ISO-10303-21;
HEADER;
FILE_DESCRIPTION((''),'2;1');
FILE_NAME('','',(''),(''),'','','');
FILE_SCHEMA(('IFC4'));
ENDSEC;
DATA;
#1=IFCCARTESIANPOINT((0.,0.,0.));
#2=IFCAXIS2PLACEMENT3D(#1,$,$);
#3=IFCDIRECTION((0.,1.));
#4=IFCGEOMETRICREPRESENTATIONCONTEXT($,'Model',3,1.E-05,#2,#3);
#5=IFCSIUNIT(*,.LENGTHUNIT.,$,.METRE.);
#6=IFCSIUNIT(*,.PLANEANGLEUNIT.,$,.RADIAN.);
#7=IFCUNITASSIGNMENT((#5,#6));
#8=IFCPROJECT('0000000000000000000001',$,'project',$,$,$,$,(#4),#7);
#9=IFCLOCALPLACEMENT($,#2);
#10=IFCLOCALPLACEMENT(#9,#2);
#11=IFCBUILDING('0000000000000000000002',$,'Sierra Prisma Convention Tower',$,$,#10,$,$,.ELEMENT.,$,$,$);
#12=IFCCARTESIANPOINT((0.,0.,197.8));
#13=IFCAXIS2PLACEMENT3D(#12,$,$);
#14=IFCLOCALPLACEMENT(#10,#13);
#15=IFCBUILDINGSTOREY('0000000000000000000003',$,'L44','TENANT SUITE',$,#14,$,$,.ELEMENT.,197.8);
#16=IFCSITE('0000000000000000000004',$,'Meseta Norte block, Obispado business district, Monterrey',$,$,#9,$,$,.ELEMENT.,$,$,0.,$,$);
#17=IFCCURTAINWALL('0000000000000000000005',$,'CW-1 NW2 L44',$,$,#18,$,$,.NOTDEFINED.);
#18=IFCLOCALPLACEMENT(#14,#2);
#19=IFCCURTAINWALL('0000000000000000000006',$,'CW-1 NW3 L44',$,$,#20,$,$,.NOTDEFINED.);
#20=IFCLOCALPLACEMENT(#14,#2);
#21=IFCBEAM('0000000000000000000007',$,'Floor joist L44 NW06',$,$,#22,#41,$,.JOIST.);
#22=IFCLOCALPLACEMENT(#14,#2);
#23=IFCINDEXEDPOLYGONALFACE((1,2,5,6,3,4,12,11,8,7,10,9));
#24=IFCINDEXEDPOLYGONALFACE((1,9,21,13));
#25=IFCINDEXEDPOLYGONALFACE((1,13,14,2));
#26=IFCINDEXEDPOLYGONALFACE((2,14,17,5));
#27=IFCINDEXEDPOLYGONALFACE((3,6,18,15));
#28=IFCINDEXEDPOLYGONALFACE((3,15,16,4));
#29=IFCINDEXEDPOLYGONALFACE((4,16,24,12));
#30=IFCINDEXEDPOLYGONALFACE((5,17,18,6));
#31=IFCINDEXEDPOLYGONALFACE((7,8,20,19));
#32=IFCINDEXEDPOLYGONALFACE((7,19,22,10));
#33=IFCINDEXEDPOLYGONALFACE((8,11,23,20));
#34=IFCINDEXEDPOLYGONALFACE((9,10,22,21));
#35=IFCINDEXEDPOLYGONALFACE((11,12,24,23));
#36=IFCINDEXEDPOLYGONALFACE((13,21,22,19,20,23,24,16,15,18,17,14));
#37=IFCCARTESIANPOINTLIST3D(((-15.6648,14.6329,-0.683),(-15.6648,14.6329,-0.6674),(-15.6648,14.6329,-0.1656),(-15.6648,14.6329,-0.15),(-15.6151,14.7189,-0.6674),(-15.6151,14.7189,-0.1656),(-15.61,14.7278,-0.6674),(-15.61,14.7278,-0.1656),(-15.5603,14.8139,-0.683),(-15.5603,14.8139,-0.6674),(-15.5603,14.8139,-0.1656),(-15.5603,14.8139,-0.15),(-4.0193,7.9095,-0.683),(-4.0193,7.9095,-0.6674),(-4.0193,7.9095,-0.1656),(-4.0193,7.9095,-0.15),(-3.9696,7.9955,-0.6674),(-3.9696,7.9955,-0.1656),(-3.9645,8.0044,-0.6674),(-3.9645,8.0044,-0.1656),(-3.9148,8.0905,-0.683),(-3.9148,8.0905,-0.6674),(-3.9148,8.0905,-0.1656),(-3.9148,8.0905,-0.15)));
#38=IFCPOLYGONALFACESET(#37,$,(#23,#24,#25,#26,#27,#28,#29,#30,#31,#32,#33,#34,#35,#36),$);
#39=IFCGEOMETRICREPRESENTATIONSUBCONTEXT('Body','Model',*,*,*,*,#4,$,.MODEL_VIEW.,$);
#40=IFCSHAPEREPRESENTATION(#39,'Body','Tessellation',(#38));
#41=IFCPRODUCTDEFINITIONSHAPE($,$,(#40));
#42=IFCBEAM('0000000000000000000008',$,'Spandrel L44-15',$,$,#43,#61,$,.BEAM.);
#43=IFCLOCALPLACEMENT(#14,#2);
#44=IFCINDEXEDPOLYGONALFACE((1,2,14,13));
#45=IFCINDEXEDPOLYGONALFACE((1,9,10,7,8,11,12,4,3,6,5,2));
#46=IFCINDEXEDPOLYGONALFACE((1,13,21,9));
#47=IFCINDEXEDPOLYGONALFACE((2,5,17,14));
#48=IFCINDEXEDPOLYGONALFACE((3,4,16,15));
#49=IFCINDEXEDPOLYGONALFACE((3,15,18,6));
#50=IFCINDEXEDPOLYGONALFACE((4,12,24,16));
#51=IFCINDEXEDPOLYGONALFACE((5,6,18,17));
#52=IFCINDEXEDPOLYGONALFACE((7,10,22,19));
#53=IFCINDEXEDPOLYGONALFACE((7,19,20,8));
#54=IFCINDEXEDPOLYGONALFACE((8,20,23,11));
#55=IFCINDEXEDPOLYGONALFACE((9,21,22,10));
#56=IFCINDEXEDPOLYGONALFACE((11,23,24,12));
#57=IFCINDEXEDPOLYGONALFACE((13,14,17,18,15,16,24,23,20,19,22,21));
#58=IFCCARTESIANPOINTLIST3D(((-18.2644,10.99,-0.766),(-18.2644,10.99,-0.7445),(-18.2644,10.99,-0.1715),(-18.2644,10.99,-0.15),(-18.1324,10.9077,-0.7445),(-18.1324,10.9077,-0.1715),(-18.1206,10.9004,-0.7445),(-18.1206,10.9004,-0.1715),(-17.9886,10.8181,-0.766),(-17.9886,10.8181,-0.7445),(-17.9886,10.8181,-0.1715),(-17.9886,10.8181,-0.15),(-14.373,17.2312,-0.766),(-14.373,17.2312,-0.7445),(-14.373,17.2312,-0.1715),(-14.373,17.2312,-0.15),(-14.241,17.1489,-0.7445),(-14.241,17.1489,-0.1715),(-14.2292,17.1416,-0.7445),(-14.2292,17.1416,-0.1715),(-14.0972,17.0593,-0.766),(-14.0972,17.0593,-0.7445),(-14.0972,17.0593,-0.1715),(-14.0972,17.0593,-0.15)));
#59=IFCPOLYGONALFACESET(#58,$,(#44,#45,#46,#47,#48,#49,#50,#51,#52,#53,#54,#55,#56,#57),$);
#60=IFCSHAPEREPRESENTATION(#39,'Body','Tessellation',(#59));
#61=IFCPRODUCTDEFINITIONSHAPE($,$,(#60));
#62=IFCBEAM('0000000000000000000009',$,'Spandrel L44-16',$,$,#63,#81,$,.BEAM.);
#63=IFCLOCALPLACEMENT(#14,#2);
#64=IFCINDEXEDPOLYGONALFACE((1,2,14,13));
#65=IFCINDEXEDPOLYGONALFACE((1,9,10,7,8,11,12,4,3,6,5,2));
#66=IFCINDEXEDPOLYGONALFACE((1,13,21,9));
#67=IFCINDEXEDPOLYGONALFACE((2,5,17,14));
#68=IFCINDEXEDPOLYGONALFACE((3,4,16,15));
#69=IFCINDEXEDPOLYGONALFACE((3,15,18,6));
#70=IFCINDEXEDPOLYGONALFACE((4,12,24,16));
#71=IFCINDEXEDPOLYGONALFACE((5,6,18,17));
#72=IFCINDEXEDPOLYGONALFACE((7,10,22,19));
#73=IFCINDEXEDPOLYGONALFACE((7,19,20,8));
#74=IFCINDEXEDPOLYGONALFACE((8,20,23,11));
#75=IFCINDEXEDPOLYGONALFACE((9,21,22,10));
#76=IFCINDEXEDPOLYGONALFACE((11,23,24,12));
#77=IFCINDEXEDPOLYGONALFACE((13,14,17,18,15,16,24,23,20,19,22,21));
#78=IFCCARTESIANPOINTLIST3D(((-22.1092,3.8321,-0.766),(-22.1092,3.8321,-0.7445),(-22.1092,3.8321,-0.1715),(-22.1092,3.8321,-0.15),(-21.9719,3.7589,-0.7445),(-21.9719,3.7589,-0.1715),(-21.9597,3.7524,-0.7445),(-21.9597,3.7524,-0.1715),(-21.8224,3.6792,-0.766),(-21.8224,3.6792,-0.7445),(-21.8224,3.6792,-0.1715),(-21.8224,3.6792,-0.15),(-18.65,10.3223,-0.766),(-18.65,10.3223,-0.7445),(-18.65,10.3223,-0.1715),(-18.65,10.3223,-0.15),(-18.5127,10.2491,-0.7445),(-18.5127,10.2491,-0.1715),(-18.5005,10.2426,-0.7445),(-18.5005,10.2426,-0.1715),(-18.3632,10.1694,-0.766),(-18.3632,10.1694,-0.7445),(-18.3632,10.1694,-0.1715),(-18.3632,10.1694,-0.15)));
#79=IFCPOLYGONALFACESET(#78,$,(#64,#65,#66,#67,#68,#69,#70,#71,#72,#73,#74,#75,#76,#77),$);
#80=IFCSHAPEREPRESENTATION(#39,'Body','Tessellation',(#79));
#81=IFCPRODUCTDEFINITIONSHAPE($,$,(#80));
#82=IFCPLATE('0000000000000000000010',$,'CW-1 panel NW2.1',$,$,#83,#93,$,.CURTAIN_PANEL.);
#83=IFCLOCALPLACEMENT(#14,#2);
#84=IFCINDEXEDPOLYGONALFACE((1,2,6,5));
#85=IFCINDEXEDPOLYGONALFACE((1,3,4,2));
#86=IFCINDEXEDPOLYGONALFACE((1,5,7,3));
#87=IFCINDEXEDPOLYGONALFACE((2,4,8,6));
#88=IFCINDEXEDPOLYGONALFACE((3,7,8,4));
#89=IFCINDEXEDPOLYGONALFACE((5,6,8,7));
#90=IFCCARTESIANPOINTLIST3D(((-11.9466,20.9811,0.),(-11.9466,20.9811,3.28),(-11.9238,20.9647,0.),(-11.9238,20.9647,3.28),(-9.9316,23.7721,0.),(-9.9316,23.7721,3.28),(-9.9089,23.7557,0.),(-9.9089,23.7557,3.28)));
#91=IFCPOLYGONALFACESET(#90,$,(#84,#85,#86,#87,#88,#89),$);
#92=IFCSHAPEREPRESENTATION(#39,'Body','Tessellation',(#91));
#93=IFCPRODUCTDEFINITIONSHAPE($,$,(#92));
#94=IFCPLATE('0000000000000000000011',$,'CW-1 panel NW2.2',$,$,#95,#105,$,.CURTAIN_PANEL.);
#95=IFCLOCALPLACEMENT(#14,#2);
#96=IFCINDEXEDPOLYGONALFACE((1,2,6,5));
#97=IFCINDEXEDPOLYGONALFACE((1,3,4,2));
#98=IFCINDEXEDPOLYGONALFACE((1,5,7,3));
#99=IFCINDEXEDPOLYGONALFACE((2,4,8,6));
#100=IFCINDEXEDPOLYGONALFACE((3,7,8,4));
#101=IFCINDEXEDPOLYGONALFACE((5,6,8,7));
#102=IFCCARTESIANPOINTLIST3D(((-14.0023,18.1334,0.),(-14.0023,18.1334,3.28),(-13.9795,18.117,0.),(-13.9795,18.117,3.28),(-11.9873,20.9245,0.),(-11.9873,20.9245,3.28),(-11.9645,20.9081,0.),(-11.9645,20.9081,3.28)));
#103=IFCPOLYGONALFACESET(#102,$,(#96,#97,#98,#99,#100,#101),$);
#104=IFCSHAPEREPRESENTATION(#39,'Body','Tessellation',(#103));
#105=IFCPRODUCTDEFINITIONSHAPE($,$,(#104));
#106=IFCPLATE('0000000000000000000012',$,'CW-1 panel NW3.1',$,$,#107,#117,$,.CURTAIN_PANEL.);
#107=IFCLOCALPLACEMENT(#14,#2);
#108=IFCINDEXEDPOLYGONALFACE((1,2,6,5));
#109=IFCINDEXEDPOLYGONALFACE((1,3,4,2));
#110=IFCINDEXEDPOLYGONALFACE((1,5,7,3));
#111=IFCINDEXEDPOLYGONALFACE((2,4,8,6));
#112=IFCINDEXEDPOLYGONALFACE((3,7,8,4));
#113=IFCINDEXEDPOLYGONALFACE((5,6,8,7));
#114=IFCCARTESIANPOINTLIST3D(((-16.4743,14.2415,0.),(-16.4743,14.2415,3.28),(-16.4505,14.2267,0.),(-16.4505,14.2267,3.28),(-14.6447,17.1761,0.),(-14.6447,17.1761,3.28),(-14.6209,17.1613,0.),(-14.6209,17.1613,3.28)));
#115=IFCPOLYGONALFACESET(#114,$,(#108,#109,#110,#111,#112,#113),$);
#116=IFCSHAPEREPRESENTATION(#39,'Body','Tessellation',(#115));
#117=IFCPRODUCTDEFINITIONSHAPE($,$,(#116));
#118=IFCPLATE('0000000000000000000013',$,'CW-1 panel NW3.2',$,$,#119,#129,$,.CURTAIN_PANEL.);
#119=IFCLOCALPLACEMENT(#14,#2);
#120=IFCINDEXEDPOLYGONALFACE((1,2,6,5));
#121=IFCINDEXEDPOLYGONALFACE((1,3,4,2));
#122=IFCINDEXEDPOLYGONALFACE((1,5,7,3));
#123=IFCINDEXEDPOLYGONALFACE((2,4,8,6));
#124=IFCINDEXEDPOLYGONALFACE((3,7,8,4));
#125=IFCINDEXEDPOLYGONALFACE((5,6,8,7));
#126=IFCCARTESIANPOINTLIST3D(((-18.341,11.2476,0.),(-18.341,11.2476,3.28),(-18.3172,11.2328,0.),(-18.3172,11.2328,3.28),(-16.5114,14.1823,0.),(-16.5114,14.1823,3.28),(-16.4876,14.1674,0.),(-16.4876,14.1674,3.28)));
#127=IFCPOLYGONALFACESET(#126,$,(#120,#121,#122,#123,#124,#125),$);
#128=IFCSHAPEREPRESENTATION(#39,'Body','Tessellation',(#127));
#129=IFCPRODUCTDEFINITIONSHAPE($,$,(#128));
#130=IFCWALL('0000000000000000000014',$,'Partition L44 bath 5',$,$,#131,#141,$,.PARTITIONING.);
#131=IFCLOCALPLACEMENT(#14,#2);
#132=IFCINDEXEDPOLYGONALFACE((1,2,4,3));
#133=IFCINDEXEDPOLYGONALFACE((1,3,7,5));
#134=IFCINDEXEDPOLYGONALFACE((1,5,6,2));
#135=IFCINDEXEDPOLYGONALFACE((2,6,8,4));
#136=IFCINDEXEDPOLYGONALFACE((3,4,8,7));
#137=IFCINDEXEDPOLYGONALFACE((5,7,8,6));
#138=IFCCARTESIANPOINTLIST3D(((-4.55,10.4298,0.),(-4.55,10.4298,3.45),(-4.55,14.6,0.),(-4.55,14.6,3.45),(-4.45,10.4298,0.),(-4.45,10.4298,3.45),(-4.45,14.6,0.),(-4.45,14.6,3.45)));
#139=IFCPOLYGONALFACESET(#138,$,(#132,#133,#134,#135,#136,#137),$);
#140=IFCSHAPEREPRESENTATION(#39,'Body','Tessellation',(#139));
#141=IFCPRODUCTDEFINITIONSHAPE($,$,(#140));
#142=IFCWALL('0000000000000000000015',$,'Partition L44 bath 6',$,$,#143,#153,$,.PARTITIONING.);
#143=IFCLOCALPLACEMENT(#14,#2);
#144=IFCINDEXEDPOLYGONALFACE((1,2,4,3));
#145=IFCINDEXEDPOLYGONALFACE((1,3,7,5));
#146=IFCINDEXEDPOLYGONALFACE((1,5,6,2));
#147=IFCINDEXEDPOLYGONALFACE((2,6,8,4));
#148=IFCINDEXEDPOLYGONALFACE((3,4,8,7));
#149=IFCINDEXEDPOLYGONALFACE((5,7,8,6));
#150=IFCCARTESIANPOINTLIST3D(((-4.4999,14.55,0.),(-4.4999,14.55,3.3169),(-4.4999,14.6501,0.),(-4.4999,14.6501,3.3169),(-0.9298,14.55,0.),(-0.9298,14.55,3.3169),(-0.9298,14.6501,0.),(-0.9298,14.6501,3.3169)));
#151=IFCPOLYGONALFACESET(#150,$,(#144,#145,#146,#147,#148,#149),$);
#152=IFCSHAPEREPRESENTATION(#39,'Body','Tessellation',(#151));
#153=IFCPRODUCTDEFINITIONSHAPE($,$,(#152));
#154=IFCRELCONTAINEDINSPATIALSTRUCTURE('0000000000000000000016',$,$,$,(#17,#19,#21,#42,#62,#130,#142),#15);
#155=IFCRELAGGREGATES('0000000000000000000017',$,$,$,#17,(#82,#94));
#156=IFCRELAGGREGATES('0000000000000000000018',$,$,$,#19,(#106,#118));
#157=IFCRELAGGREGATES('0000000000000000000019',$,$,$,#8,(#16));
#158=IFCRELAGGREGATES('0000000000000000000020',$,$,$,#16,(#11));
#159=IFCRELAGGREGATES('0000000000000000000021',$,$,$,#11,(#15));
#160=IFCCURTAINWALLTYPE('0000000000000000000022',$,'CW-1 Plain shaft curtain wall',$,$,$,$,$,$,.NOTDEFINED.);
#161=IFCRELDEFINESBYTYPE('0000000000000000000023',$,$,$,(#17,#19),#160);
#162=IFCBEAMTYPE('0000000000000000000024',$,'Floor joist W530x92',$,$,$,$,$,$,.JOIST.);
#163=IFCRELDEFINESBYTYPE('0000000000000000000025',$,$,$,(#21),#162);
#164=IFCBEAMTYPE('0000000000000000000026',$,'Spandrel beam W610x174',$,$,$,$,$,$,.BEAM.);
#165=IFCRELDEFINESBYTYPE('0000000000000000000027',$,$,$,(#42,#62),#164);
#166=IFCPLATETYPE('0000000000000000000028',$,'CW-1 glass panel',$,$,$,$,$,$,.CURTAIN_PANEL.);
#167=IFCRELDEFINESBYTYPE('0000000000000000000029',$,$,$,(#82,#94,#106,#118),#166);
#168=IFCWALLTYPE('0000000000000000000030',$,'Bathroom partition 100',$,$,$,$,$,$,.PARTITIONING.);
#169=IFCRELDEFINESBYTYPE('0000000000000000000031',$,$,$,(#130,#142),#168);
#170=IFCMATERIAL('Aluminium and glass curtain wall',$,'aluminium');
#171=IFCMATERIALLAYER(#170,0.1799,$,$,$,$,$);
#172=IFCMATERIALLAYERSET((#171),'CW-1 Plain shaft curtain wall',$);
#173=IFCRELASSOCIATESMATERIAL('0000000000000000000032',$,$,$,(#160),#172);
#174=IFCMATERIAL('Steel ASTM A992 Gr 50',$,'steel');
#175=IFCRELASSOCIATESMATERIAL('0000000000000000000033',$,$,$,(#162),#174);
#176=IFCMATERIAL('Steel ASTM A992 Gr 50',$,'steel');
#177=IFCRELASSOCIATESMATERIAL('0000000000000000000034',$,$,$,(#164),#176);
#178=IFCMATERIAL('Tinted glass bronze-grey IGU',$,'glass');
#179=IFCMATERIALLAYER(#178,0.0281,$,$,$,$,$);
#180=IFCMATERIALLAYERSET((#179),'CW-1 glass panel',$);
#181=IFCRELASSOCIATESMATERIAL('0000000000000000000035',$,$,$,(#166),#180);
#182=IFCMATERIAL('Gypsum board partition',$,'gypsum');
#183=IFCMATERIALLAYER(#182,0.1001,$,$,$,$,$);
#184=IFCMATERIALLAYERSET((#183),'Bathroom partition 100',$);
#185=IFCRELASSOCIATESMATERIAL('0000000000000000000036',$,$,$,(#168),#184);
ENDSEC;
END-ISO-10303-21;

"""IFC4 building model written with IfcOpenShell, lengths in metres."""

from ifc_helpers import new_model, si_unit, direction, frame, frame_2d, origin, origin_2d, place, context, subcontext, project, spatial, rectangle, i_section, extrude, material, layer, layer_set, material_profile, profile_set, type_object, element, aggregate, save


model = new_model("IFC4")

# Units and contexts
model_context = context("Model", 3, precision=1e-05, world=origin(), true_north=direction((0.0, 1.0)))
body_context = subcontext(model_context, "Body", "Model", "MODEL_VIEW")
ifc_project = project(units=[si_unit("LENGTHUNIT", "METRE"), si_unit("PLANEANGLEUNIT", "RADIAN")], contexts=[model_context])

# Site, building, storey
site_placement = place(None, origin())
site = spatial("IfcSite", under=ifc_project, at=site_placement, Name="Meseta Norte block, Obispado business district, Monterrey", CompositionType="ELEMENT", RefElevation=0.0)
building_placement = place(site_placement, origin())
building = spatial("IfcBuilding", under=site, at=building_placement, Name="Sierra Prisma Convention Tower", CompositionType="ELEMENT")
storey_placement = place(building_placement, frame((0.0, 0.0, 197.8)))
storey = spatial("IfcBuildingStorey", under=building, at=storey_placement, Name="L44", Description="TENANT SUITE", CompositionType="ELEMENT", Elevation=197.8)

# Curtain wall
ifc_material_1 = material(Name="Aluminium and glass curtain wall", Category="aluminium")
ifc_layer_1 = layer(ifc_material_1, 0.1799)
ifc_layer_set_1 = layer_set([ifc_layer_1], Name="CW-1 Plain shaft curtain wall")
curtain_wall_type = type_object("IfcCurtainWallType", Name="CW-1 Plain shaft curtain wall", PredefinedType="NOTDEFINED", material=ifc_layer_set_1)
curtain_wall_1_placement = place(storey_placement, origin())
curtain_wall_1 = element("IfcCurtainWall", 1, at=curtain_wall_1_placement, inside=storey, type_object=curtain_wall_type, Name="CW-1 NW2 L44", PredefinedType="NOTDEFINED")

# Curtain wall
curtain_wall_2_placement = place(storey_placement, origin())
curtain_wall_2 = element("IfcCurtainWall", 2, at=curtain_wall_2_placement, inside=storey, type_object=curtain_wall_type, Name="CW-1 NW3 L44", PredefinedType="NOTDEFINED")

# Beams
ifc_material_2 = material(Name="Steel ASTM A992 Gr 50", Category="steel")
ifc_material_profile_1 = material_profile(ifc_material_2, i_section(OverallWidth=0.209, OverallDepth=0.533, WebThickness=0.0103, FlangeThickness=0.0156, at=origin_2d()), Name="W530x92")
ifc_profile_set_1 = profile_set([ifc_material_profile_1], Name="Steel ASTM A992 Gr 50")
beam_type_1 = type_object("IfcBeamType", Name="Floor joist W530x92", PredefinedType="JOIST", material=ifc_profile_set_1)
beam_1_placement = place(storey_placement, frame((-15.6125, 14.7234, -0.4165), z_axis=(0.86603, -0.499992, 0.0), x_axis=(0.499992, 0.86603, 0.0)))
element("IfcBeam", 3, at=beam_1_placement, inside=storey, type_object=beam_type_1, Name="Floor joist L44 NW06", PredefinedType="JOIST", context=body_context, shape_type="SweptSolid", body=[
    extrude(i_section(OverallWidth=0.209, OverallDepth=0.533, WebThickness=0.0103, FlangeThickness=0.0156, at=origin_2d()), origin(), (0.0, 0.0, 1.0), 13.447),
])
ifc_material_3 = material(Name="Steel ASTM A992 Gr 50", Category="steel")
ifc_material_profile_2 = material_profile(ifc_material_3, i_section(OverallWidth=0.325, OverallDepth=0.616, WebThickness=0.0139, FlangeThickness=0.0215, at=origin_2d()), Name="W610x174")
ifc_profile_set_2 = profile_set([ifc_material_profile_2], Name="Steel ASTM A992 Gr 50")
beam_type_2 = type_object("IfcBeamType", Name="Spandrel beam W610x174", PredefinedType="BEAM", material=ifc_profile_set_2)
beam_2_placement = place(storey_placement, frame((-14.2351, 17.1453, -0.458), z_axis=(-0.52908, -0.848572, 0.0), x_axis=(0.848572, -0.52908, 0.0)))
element("IfcBeam", 4, at=beam_2_placement, inside=storey, type_object=beam_type_2, Name="Spandrel L44-15", PredefinedType="BEAM", context=body_context, shape_type="SweptSolid", body=[
    extrude(i_section(OverallWidth=0.325, OverallDepth=0.616, WebThickness=0.0139, FlangeThickness=0.0215, at=origin_2d()), origin(), (0.0, 0.0, 1.0), 7.355),
])
beam_3_placement = place(storey_placement, frame((-18.5066, 10.2458, -0.458), z_axis=(-0.470352, -0.882479, 0.0), x_axis=(0.882479, -0.470352, 0.0)))
element("IfcBeam", 5, at=beam_3_placement, inside=storey, type_object=beam_type_2, Name="Spandrel L44-16", PredefinedType="BEAM", context=body_context, shape_type="SweptSolid", body=[
    extrude(i_section(OverallWidth=0.325, OverallDepth=0.616, WebThickness=0.0139, FlangeThickness=0.0215, at=origin_2d()), origin(), (0.0, 0.0, 1.0), 7.3545),
])

# Plates
ifc_material_4 = material(Name="Tinted glass bronze-grey IGU", Category="glass")
ifc_layer_2 = layer(ifc_material_4, 0.0281)
ifc_layer_set_2 = layer_set([ifc_layer_2], Name="CW-1 glass panel")
plate_type = type_object("IfcPlateType", Name="CW-1 glass panel", PredefinedType="CURTAIN_PANEL", material=ifc_layer_set_2)
plate_1_placement = place(storey_placement, frame((-10.9277, 22.3684, 0.0), z_axis=(0.0, 0.0, 1.0), x_axis=(-0.585338, -0.810789, 0.0)))
plate_1 = element("IfcPlate", 6, at=plate_1_placement, type_object=plate_type, Name="CW-1 panel NW2.1", PredefinedType="CURTAIN_PANEL", context=body_context, shape_type="SweptSolid", body=[
    extrude(rectangle(XDim=3.4424, YDim=0.0281, at=origin_2d()), origin(), (0.0, 0.0, 1.0), 3.28),
])
plate_2_placement = place(storey_placement, frame((-12.9834, 19.5208, 0.0), z_axis=(0.0, 0.0, 1.0), x_axis=(-0.585338, -0.810789, 0.0)))
plate_2 = element("IfcPlate", 7, at=plate_2_placement, type_object=plate_type, Name="CW-1 panel NW2.2", PredefinedType="CURTAIN_PANEL", context=body_context, shape_type="SweptSolid", body=[
    extrude(rectangle(XDim=3.4424, YDim=0.0281, at=origin_2d()), origin(), (0.0, 0.0, 1.0), 3.28),
])
aggregate(curtain_wall_1, [plate_1, plate_2])
plate_3_placement = place(storey_placement, frame((-15.5476, 15.7014, 0.0), z_axis=(0.0, 0.0, 1.0), x_axis=(-0.529065, -0.848581, 0.0)))
plate_3 = element("IfcPlate", 8, at=plate_3_placement, type_object=plate_type, Name="CW-1 panel NW3.1", PredefinedType="CURTAIN_PANEL", context=body_context, shape_type="SweptSolid", body=[
    extrude(rectangle(XDim=3.4583, YDim=0.0281, at=origin_2d()), origin(), (0.0, 0.0, 1.0), 3.28),
])
plate_4_placement = place(storey_placement, frame((-17.4143, 12.7075, 0.0), z_axis=(0.0, 0.0, 1.0), x_axis=(-0.529065, -0.848581, 0.0)))
plate_4 = element("IfcPlate", 9, at=plate_4_placement, type_object=plate_type, Name="CW-1 panel NW3.2", PredefinedType="CURTAIN_PANEL", context=body_context, shape_type="SweptSolid", body=[
    extrude(rectangle(XDim=3.4583, YDim=0.0281, at=origin_2d()), origin(), (0.0, 0.0, 1.0), 3.28),
])
aggregate(curtain_wall_2, [plate_3, plate_4])

# Walls
ifc_material_5 = material(Name="Gypsum board partition", Category="gypsum")
ifc_layer_3 = layer(ifc_material_5, 0.1001)
ifc_layer_set_3 = layer_set([ifc_layer_3], Name="Bathroom partition 100")
wall_type_1 = type_object("IfcWallType", Name="Bathroom partition 100", PredefinedType="PARTITIONING", material=ifc_layer_set_3)
wall_1_placement = place(storey_placement, frame((-4.5, 10.4299, 0.0), z_axis=(0.0, 0.0, 1.0), x_axis=(0.0, 1.0, 0.0)))
element("IfcWall", 10, at=wall_1_placement, inside=storey, type_object=wall_type_1, Name="Partition L44 bath 5", PredefinedType="PARTITIONING", context=body_context, shape_type="SweptSolid", body=[
    extrude(rectangle(XDim=4.1702, YDim=0.1001, at=frame_2d((2.085, 0.0))), origin(), (0.0, 0.0, 1.0), 3.45),
])
wall_2_placement = place(storey_placement, frame((-4.5, 14.6001, 0.0), z_axis=(0.0, 0.0, 1.0), x_axis=(1.0, 0.0, 0.0)))
element("IfcWall", 11, at=wall_2_placement, inside=storey, type_object=wall_type_1, Name="Partition L44 bath 6", PredefinedType="PARTITIONING", context=body_context, shape_type="SweptSolid", body=[
    extrude(rectangle(XDim=3.5701, YDim=0.1001, at=frame_2d((1.7852, 0.0))), origin(), (0.0, 0.0, 1.0), 3.3169),
])

save(model, "model.ifc")
